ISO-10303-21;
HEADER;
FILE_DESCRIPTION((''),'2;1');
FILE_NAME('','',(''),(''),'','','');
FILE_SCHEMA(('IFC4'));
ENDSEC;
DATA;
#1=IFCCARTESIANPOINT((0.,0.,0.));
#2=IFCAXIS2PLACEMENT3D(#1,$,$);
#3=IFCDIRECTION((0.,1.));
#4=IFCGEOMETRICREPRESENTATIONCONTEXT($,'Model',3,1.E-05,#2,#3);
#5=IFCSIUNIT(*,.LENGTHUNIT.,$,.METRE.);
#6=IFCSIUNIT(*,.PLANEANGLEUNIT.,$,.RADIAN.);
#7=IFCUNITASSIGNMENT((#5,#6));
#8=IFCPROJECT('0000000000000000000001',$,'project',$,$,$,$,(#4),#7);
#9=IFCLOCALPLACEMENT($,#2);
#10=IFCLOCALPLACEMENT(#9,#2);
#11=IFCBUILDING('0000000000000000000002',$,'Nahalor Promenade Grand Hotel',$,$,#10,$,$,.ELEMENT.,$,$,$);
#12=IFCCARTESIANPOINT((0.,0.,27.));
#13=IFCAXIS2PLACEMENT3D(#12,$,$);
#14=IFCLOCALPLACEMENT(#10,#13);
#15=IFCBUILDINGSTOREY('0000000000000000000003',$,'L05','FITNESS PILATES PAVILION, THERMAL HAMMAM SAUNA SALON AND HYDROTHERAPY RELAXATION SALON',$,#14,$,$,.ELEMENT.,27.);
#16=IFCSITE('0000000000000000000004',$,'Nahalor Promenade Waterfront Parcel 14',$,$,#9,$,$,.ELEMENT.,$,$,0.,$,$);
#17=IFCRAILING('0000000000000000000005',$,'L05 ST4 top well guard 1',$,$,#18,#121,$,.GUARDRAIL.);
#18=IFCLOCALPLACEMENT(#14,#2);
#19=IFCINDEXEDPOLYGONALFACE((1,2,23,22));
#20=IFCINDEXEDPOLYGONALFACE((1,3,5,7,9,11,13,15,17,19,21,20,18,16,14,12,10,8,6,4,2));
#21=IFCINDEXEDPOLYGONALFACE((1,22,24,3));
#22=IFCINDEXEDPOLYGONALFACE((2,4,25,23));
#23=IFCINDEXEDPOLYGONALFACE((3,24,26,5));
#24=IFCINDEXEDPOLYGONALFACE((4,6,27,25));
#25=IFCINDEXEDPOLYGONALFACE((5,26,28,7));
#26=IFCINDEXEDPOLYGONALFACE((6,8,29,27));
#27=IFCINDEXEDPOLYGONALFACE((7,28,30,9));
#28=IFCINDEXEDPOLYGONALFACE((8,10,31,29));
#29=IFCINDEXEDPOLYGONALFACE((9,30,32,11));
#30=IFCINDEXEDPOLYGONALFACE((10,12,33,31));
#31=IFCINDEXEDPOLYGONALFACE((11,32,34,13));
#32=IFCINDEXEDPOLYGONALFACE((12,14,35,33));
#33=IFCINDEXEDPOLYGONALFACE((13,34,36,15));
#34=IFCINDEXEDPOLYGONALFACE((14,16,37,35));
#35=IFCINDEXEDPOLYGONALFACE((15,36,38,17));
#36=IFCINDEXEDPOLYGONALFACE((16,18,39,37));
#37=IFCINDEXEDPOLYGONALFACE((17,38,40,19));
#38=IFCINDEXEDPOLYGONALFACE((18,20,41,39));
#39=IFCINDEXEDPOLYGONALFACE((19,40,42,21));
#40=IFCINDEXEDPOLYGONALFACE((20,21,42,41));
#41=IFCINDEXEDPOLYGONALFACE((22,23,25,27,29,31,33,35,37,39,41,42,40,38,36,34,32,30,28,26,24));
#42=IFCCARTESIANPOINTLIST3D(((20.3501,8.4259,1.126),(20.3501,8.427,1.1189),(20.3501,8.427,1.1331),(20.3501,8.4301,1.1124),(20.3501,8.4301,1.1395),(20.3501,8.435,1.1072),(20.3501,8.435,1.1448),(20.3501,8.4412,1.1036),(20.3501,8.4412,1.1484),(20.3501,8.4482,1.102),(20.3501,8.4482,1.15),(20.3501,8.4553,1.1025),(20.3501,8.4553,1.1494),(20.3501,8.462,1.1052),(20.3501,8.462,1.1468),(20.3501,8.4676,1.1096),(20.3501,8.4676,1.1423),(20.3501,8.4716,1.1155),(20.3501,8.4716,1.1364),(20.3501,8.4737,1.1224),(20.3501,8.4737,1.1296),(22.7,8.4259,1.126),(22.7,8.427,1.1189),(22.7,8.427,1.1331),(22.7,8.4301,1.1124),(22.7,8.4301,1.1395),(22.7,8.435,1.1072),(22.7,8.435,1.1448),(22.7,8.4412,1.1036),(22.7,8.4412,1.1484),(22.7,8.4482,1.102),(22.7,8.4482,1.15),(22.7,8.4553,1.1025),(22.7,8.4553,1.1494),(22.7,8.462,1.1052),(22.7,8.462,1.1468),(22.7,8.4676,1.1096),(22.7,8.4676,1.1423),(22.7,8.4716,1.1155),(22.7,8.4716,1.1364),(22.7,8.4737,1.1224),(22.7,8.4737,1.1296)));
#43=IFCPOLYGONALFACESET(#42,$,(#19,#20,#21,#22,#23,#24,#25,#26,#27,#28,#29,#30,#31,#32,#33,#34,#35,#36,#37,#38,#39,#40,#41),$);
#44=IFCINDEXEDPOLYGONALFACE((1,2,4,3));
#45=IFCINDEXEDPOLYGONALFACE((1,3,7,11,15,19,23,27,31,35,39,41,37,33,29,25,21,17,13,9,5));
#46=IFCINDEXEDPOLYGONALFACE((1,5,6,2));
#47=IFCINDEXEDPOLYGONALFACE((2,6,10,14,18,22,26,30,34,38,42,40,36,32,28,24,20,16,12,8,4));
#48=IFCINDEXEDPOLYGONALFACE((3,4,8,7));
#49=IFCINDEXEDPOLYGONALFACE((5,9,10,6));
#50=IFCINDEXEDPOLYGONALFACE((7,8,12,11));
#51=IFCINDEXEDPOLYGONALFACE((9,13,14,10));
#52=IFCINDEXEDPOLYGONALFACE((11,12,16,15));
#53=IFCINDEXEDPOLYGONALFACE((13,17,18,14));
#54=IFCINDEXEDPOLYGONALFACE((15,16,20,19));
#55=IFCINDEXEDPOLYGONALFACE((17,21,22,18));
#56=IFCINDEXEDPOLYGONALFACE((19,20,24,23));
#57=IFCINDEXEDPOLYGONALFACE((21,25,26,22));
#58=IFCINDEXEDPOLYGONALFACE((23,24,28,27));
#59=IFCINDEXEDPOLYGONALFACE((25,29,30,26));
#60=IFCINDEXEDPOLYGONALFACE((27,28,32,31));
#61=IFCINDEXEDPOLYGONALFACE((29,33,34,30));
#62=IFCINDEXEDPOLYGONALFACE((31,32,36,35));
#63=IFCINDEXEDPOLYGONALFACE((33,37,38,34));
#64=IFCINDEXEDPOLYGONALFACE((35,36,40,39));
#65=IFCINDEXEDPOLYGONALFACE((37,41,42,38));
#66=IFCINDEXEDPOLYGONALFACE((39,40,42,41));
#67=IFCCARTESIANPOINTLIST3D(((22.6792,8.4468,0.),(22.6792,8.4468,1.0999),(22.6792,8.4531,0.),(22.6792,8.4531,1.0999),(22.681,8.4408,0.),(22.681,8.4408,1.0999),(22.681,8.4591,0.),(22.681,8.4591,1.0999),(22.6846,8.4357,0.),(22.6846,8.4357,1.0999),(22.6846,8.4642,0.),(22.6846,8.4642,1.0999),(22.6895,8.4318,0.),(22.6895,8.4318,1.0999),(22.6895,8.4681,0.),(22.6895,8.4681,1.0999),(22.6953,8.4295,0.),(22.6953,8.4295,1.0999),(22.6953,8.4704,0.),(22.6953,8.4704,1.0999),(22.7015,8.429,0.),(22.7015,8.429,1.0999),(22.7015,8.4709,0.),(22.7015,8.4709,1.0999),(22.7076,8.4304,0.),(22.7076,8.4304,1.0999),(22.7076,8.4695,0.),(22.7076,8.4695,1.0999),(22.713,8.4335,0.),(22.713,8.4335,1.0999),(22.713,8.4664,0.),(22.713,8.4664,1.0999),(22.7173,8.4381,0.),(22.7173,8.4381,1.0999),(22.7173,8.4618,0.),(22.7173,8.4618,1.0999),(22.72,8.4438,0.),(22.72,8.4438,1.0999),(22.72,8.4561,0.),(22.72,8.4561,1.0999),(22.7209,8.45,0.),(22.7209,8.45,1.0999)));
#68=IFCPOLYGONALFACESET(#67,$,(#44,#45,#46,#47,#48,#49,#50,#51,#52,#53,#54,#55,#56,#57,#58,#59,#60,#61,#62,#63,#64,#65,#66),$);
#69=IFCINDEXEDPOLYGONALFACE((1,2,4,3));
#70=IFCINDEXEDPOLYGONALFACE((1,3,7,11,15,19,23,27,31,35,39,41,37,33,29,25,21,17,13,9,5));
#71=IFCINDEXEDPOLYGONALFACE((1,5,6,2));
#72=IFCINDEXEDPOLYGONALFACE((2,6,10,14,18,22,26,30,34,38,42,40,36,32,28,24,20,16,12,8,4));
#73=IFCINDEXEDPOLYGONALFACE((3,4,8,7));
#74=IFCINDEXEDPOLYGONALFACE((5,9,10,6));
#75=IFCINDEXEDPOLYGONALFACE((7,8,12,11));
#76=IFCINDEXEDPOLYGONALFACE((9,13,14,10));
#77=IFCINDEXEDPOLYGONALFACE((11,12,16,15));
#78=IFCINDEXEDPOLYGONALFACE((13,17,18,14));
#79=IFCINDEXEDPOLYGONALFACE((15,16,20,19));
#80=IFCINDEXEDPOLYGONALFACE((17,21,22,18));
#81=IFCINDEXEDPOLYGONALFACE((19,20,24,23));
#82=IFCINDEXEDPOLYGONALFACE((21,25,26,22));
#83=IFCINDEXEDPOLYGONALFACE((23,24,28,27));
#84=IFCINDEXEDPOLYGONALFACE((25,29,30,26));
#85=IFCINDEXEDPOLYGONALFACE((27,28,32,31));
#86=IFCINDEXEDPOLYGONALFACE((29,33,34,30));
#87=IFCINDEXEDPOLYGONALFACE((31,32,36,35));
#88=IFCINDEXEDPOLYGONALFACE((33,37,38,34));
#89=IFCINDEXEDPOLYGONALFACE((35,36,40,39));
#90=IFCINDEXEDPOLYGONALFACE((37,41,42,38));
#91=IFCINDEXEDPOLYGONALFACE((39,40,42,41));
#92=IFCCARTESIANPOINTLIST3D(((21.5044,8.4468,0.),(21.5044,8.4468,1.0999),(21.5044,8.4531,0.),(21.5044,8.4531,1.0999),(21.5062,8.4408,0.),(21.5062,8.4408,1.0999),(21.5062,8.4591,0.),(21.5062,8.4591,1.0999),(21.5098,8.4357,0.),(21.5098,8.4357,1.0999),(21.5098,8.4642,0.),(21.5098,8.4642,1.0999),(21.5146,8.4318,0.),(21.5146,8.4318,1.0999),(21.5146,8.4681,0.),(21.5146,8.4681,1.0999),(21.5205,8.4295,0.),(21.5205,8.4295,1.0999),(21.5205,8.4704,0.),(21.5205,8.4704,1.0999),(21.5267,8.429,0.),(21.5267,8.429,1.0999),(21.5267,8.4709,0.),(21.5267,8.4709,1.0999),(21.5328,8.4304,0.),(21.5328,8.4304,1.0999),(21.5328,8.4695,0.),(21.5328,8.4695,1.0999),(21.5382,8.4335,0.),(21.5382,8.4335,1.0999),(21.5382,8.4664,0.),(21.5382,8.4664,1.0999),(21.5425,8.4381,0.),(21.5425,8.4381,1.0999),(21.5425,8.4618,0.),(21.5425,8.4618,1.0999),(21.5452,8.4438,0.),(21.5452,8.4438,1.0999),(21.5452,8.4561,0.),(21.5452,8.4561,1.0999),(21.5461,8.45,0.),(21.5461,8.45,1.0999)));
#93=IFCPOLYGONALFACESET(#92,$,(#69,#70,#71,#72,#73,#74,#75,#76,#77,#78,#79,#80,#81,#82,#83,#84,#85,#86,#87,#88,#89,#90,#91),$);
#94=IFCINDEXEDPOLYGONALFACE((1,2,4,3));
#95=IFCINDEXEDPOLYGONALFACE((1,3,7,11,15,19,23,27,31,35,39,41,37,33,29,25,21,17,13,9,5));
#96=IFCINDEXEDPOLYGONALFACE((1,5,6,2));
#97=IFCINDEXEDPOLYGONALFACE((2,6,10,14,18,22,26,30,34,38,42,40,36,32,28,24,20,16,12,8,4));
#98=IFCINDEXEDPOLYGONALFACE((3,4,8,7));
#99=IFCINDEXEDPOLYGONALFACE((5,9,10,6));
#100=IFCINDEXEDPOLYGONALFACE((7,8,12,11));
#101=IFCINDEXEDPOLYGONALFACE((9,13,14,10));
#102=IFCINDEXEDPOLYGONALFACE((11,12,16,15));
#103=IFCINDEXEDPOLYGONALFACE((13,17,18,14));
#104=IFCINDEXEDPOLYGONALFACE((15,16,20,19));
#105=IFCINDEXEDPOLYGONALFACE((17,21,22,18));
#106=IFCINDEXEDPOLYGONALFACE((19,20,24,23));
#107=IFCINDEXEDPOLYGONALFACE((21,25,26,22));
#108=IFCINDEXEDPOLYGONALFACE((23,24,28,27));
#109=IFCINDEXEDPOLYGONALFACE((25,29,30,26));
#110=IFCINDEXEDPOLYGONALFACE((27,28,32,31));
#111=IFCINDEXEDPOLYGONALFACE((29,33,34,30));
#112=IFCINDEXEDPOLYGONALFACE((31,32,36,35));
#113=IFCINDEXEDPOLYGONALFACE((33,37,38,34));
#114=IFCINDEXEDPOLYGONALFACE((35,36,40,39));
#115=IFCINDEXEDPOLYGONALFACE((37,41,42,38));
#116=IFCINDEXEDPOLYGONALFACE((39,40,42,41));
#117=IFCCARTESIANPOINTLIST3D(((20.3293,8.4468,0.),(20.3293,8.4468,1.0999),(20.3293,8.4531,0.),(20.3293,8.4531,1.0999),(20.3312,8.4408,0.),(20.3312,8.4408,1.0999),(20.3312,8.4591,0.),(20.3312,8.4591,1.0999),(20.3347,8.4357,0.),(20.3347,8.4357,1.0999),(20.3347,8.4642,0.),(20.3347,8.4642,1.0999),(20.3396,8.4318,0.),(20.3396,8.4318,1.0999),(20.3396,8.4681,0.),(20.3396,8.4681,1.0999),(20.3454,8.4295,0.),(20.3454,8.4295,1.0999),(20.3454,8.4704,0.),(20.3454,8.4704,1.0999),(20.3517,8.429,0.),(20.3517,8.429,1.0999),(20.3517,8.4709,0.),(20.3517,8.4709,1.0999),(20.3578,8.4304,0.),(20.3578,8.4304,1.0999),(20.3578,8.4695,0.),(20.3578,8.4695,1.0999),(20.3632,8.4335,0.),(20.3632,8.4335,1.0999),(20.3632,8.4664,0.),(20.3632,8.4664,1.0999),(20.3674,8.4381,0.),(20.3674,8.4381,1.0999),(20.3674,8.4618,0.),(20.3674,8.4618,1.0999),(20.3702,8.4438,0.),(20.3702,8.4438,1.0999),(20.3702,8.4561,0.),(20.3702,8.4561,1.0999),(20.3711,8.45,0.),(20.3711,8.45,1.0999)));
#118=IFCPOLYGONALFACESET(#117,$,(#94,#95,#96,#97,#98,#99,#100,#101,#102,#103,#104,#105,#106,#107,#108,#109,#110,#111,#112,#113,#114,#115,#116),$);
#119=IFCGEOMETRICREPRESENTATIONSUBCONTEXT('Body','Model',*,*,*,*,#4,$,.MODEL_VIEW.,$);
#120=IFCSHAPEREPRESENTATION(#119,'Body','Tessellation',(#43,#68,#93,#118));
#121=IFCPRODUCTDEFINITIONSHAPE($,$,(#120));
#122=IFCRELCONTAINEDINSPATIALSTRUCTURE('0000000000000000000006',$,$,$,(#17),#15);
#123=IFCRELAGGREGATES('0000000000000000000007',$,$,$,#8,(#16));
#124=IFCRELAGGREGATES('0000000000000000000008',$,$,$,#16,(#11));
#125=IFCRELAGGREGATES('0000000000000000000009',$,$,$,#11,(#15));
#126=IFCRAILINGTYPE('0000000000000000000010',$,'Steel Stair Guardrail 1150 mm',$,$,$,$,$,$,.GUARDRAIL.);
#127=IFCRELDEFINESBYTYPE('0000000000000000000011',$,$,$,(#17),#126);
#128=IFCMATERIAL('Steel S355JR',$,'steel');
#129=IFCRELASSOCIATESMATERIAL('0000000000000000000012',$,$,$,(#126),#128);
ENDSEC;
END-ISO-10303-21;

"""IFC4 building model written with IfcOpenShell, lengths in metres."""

from ifc_helpers import new_model, si_unit, direction, frame, origin, origin_2d, place, context, subcontext, project, spatial, circle, extrude, material, type_object, element, save


model = new_model("IFC4")

# Units and contexts
model_context = context("Model", 3, precision=1e-05, world=origin(), true_north=direction((0.0, 1.0)))
body_context = subcontext(model_context, "Body", "Model", "MODEL_VIEW")
ifc_project = project(units=[si_unit("LENGTHUNIT", "METRE"), si_unit("PLANEANGLEUNIT", "RADIAN")], contexts=[model_context])

# Site, building, storey
site_placement = place(None, origin())
site = spatial("IfcSite", under=ifc_project, at=site_placement, Name="Nahalor Promenade Waterfront Parcel 14", CompositionType="ELEMENT", RefElevation=0.0)
building_placement = place(site_placement, origin())
building = spatial("IfcBuilding", under=site, at=building_placement, Name="Nahalor Promenade Grand Hotel", CompositionType="ELEMENT")
storey_placement = place(building_placement, frame((0.0, 0.0, 27.0)))
storey = spatial("IfcBuildingStorey", under=building, at=storey_placement, Name="L05", Description="FITNESS PILATES PAVILION, THERMAL HAMMAM SAUNA SALON AND HYDROTHERAPY RELAXATION SALON", CompositionType="ELEMENT", Elevation=27.0)

# Shared definitions
ifc_material_1 = material(Name="Steel S355JR", Category="steel")

# Railing
railing_type = type_object("IfcRailingType", Name="Steel Stair Guardrail 1150 mm", PredefinedType="GUARDRAIL", material=ifc_material_1)
railing_placement = place(storey_placement, frame((22.7, 8.45, 0.0)))
element("IfcRailing", 1, at=railing_placement, inside=storey, type_object=railing_type, Name="L05 ST4 top well guard 1", PredefinedType="GUARDRAIL", context=body_context, shape_type="SweptSolid", body=[
    extrude(circle(Radius=0.024, at=origin_2d()), frame((0.0, 0.0, 1.126), z_axis=(-1.0, 0.0, 0.0), x_axis=(0.0, -1.0, 0.0)), (0.0, 0.0, 1.0), 2.3499),
    extrude(circle(Radius=0.021, at=origin_2d()), origin(), (0.0, 0.0, 1.0), 1.0999),
    extrude(circle(Radius=0.021, at=origin_2d()), frame((-1.1748, 0.0, 0.0)), (0.0, 0.0, 1.0), 1.0999),
    extrude(circle(Radius=0.021, at=origin_2d()), frame((-2.3499, 0.0, 0.0)), (0.0, 0.0, 1.0), 1.0999),
])

save(model, "model.ifc")
